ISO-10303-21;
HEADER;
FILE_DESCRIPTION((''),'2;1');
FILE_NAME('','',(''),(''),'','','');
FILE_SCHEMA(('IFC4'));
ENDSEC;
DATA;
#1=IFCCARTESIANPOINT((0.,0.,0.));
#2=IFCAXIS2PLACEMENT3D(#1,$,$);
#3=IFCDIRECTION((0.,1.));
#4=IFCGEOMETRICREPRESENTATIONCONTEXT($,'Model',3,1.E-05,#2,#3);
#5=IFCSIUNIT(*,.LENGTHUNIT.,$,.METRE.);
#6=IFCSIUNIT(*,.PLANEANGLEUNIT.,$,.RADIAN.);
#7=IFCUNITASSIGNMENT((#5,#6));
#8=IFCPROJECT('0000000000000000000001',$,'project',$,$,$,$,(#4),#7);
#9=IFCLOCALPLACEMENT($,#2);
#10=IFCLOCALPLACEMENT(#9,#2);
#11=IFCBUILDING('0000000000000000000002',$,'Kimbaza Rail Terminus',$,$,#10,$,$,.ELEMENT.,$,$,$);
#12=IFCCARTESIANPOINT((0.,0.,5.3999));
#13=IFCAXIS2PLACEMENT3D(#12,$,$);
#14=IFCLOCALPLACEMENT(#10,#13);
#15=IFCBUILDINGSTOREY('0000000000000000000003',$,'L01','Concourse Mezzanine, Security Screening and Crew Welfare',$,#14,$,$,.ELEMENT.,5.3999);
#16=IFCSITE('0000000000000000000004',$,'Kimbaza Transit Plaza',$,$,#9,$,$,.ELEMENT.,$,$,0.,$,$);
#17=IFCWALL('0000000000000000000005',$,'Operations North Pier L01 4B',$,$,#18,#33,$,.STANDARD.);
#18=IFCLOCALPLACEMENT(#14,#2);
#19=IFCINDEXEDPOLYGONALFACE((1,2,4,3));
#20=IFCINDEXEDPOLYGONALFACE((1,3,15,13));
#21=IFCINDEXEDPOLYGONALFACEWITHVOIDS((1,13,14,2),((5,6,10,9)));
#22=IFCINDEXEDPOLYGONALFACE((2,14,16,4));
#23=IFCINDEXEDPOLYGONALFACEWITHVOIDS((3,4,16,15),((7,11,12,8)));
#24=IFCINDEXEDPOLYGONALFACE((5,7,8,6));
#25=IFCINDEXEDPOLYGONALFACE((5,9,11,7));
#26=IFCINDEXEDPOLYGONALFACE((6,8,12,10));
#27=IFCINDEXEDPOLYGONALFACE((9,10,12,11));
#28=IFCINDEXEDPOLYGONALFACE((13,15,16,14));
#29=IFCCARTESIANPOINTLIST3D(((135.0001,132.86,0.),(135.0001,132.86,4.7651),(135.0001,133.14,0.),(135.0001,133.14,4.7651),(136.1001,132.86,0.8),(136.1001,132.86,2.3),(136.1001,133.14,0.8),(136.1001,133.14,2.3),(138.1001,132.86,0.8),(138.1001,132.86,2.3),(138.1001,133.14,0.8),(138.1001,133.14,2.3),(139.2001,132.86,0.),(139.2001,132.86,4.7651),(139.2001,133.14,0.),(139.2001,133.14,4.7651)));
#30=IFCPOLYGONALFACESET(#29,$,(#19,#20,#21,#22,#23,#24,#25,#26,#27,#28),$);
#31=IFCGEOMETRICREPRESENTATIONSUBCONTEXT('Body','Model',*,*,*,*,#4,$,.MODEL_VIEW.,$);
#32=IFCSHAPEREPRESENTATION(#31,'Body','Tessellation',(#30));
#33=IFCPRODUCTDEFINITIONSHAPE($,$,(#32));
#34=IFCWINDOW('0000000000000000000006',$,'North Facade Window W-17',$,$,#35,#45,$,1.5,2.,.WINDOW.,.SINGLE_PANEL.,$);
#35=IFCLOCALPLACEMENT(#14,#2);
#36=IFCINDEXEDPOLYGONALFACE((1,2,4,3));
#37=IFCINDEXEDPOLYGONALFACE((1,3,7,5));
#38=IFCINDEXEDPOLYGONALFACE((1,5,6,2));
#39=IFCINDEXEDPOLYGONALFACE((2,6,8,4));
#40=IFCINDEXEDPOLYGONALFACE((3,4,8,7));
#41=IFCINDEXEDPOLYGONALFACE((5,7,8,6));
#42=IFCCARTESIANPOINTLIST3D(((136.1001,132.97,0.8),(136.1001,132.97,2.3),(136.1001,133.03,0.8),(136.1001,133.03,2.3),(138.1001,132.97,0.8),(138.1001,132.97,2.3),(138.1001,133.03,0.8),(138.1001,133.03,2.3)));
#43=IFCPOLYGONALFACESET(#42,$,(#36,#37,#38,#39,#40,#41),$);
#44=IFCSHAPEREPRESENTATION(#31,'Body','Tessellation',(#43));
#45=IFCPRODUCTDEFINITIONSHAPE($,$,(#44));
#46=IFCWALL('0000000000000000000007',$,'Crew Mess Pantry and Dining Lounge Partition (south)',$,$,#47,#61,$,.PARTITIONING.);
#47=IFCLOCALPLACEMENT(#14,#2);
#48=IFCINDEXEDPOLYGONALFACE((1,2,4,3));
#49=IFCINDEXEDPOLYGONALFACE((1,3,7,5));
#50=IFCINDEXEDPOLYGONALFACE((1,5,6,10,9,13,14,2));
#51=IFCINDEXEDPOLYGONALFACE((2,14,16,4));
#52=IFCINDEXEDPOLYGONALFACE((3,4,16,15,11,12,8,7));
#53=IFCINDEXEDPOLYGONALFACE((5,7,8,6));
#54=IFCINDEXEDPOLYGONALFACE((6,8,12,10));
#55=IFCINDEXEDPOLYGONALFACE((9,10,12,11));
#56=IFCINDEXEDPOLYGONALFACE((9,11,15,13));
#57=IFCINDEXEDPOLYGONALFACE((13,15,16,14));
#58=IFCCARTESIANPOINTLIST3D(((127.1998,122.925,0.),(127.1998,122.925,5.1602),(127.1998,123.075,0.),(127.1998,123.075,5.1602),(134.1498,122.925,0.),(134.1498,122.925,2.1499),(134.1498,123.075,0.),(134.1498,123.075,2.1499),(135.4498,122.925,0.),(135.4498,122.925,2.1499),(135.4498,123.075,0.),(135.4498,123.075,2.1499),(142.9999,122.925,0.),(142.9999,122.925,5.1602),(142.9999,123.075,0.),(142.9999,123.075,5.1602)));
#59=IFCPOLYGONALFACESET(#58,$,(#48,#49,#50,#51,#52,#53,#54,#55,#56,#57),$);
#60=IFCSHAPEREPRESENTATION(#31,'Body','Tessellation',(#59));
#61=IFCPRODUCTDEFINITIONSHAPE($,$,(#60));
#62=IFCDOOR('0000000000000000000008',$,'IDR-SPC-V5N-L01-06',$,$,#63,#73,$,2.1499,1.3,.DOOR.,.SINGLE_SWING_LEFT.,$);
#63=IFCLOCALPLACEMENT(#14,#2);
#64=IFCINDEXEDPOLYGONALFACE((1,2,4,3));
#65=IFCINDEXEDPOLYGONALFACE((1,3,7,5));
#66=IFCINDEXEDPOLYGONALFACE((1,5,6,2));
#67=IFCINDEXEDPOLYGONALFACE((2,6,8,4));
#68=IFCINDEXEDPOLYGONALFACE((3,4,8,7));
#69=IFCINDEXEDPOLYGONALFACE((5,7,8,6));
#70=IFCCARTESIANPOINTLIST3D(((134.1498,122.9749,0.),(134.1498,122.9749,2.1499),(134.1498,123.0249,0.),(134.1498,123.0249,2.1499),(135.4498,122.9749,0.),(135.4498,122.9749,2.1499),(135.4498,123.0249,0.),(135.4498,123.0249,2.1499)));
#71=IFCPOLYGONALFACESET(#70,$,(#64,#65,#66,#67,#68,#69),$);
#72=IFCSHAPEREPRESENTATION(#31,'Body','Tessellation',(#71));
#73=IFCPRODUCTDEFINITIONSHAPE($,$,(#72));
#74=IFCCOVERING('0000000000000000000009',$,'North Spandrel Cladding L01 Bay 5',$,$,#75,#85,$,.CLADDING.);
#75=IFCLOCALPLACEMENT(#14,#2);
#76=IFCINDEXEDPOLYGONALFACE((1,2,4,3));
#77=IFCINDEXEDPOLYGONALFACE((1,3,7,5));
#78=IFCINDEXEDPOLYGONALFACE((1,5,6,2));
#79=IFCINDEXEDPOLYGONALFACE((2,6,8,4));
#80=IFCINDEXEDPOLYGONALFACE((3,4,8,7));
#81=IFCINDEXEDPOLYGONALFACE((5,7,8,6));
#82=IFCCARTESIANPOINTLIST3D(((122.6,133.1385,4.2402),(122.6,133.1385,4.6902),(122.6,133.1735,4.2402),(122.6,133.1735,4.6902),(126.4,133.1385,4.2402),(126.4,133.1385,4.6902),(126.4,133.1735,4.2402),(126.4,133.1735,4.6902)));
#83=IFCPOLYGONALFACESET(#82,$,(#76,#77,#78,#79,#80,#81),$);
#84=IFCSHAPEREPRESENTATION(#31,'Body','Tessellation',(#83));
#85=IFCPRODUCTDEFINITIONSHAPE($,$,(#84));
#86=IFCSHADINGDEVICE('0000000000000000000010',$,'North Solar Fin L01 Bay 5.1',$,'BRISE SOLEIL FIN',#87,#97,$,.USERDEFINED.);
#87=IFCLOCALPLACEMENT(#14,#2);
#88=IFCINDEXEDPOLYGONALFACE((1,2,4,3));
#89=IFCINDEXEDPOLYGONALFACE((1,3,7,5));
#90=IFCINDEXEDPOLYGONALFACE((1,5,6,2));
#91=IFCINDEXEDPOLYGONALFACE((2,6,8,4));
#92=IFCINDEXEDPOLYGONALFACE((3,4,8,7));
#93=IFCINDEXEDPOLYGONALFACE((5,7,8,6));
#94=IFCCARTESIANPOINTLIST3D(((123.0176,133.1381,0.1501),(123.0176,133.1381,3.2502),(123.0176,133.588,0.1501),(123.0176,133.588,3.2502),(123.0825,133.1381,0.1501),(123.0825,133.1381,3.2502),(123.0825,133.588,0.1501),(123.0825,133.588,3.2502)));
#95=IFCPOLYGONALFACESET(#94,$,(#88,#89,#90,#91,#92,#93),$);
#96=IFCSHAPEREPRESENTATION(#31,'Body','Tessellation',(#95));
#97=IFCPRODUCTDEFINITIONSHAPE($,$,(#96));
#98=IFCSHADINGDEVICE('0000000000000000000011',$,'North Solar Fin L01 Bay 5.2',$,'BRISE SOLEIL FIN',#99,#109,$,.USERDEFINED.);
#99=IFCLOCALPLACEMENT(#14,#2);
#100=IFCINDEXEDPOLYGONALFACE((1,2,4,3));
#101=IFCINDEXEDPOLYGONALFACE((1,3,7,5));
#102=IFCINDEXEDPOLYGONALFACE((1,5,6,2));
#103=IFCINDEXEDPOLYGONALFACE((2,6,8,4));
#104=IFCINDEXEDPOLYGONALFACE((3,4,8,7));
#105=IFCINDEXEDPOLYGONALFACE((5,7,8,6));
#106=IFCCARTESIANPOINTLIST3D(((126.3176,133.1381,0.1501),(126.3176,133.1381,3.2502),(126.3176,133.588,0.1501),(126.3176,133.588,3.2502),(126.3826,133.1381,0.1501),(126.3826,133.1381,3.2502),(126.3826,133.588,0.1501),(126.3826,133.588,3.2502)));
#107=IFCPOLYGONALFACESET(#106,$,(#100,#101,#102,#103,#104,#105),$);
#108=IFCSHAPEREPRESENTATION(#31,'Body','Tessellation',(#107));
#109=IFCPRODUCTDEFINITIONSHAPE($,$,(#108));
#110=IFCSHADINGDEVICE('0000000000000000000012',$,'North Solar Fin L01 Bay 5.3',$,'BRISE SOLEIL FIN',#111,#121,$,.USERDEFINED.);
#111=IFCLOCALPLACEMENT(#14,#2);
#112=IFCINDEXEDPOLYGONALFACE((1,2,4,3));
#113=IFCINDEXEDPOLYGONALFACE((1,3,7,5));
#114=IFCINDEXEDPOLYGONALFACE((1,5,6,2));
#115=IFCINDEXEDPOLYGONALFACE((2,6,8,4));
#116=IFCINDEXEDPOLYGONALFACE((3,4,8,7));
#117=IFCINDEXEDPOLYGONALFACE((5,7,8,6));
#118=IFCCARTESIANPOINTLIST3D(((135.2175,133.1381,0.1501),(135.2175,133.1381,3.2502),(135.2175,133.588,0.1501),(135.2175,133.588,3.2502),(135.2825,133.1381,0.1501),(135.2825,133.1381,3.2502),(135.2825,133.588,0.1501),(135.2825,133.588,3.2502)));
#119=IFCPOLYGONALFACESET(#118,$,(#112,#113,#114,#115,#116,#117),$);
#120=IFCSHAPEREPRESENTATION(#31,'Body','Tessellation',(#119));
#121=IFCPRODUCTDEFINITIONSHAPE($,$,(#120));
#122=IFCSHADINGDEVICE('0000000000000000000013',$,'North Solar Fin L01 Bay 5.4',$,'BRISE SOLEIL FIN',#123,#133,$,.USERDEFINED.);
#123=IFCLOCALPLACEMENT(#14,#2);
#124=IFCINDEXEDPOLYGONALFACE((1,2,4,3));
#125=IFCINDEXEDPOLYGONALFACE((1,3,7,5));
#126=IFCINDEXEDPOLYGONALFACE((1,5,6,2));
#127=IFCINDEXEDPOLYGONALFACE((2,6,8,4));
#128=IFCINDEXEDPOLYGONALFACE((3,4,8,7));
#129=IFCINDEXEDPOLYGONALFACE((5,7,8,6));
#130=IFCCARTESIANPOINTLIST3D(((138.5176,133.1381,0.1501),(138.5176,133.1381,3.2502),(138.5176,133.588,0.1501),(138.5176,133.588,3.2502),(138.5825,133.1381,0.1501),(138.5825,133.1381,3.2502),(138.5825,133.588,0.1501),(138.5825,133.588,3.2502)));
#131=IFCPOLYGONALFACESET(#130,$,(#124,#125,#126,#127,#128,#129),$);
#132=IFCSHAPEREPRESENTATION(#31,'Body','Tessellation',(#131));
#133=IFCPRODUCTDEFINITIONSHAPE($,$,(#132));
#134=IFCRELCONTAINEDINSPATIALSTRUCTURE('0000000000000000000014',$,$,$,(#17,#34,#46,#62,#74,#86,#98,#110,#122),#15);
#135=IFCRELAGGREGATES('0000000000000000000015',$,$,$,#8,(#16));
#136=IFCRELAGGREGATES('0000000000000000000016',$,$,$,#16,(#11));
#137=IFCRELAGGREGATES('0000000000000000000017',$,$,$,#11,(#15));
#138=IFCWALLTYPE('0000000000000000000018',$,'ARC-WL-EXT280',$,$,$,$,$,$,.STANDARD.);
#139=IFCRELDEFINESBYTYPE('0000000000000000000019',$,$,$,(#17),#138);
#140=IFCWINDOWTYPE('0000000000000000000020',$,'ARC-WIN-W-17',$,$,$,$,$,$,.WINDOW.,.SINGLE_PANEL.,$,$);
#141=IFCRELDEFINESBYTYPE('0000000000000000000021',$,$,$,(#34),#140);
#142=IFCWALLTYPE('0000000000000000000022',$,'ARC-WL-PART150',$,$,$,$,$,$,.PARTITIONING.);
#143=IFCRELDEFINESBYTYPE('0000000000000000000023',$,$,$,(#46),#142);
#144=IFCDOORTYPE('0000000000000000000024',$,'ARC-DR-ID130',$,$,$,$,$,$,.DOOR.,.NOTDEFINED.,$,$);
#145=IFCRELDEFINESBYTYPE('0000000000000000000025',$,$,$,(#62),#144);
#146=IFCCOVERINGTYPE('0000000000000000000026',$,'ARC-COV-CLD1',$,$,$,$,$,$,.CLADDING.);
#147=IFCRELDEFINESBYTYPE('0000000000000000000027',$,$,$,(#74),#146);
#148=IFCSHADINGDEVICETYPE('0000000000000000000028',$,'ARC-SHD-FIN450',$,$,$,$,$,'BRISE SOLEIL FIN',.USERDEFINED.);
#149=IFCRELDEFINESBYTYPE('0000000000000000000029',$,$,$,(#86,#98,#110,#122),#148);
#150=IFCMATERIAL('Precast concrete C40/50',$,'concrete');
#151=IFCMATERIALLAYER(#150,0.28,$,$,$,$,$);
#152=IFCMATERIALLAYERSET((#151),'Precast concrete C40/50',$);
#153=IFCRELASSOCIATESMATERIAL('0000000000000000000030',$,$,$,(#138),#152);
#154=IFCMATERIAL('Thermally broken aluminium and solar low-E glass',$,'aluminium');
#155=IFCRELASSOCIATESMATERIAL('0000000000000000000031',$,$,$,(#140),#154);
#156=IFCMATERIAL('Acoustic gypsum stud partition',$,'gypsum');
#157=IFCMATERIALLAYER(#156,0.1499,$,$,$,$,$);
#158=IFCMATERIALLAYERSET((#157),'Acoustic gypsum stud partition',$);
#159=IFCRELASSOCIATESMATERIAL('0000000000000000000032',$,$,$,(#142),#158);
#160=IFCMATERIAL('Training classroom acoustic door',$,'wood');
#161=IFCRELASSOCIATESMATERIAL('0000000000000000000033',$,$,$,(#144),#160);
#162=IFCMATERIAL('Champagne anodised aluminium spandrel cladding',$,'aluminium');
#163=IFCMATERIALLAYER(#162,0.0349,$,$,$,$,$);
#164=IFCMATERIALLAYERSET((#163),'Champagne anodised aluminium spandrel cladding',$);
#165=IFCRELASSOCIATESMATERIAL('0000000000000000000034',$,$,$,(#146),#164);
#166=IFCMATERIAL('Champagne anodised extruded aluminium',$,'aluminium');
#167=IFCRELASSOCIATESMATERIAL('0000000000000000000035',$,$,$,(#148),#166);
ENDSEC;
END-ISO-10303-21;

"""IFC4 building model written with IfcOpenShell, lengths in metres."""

from ifc_helpers import new_model, si_unit, direction, frame, frame_2d, origin, origin_2d, place, context, subcontext, project, spatial, rectangle, extrude, material, layer, layer_set, type_object, element, fill, save


model = new_model("IFC4")

# Units and contexts
model_context = context("Model", 3, precision=1e-05, world=origin(), true_north=direction((0.0, 1.0)))
body_context = subcontext(model_context, "Body", "Model", "MODEL_VIEW")
ifc_project = project(units=[si_unit("LENGTHUNIT", "METRE"), si_unit("PLANEANGLEUNIT", "RADIAN")], contexts=[model_context])

# Site, building, storey
site_placement = place(None, origin())
site = spatial("IfcSite", under=ifc_project, at=site_placement, Name="Kimbaza Transit Plaza", CompositionType="ELEMENT", RefElevation=0.0)
building_placement = place(site_placement, origin())
building = spatial("IfcBuilding", under=site, at=building_placement, Name="Kimbaza Rail Terminus", CompositionType="ELEMENT")
storey_placement = place(building_placement, frame((0.0, 0.0, 5.3999)))
storey = spatial("IfcBuildingStorey", under=building, at=storey_placement, Name="L01", Description="Concourse Mezzanine, Security Screening and Crew Welfare", CompositionType="ELEMENT", Elevation=5.3999)

# Wall, opening, window
ifc_material_1 = material(Name="Precast concrete C40/50", Category="concrete")
ifc_layer_1 = layer(ifc_material_1, 0.28)
ifc_layer_set_1 = layer_set([ifc_layer_1], Name="Precast concrete C40/50")
wall_type_1 = type_object("IfcWallType", Name="ARC-WL-EXT280", PredefinedType="STANDARD", material=ifc_layer_set_1)
wall_1_placement = place(storey_placement, frame((135.0, 133.0, 0.0), z_axis=(0.0, 0.0, 1.0), x_axis=(1.0, 0.0, 0.0)))
wall_1 = element("IfcWall", 1, at=wall_1_placement, inside=storey, type_object=wall_type_1, Name="Operations North Pier L01 4B", PredefinedType="STANDARD", context=body_context, shape_type="SweptSolid", body=[
    extrude(rectangle(XDim=4.2, YDim=0.28, at=frame_2d((2.1001, 0.0))), origin(), (0.0, 0.0, 1.0), 4.7651),
])
opening_1_placement = place(wall_1_placement, frame((1.1001, 0.0, 0.8)))
opening_1 = element("IfcOpeningElement", 2, at=opening_1_placement, cuts=wall_1, PredefinedType="OPENING", context=body_context, shape_type="SweptSolid", body=[
    extrude(rectangle(XDim=2.0, YDim=1.5, at=frame_2d((1.0, 0.75))), frame((0.0, 0.1499, 0.0), z_axis=(0.0, -1.0, 0.0), x_axis=(1.0, 0.0, 0.0)), (0.0, 0.0, 1.0), 0.3),
])
ifc_material_2 = material(Name="Thermally broken aluminium and solar low-E glass", Category="aluminium")
window_type_1 = type_object("IfcWindowType", Name="ARC-WIN-W-17", PartitioningType="SINGLE_PANEL", PredefinedType="WINDOW", material=ifc_material_2)
window_1_placement = place(opening_1_placement, origin())
window_1 = element("IfcWindow", 3, at=window_1_placement, inside=storey, type_object=window_type_1, Name="North Facade Window W-17", OverallHeight=1.5, OverallWidth=2.0, PartitioningType="SINGLE_PANEL", PredefinedType="WINDOW", context=body_context, shape_type="SweptSolid", body=[
    extrude(rectangle(XDim=2.0, YDim=1.5, at=frame_2d((1.0, 0.75))), frame((0.0, 0.03, 0.0), z_axis=(0.0, -1.0, 0.0), x_axis=(1.0, 0.0, 0.0)), (0.0, 0.0, 1.0), 0.0601),
])
fill(opening_1, window_1)

# Wall, opening, door
ifc_material_3 = material(Name="Acoustic gypsum stud partition", Category="gypsum")
ifc_layer_2 = layer(ifc_material_3, 0.1499)
ifc_layer_set_2 = layer_set([ifc_layer_2], Name="Acoustic gypsum stud partition")
wall_type_2 = type_object("IfcWallType", Name="ARC-WL-PART150", PredefinedType="PARTITIONING", material=ifc_layer_set_2)
wall_2_placement = place(storey_placement, frame((127.2, 123.0, 0.0), z_axis=(0.0, 0.0, 1.0), x_axis=(1.0, 0.0, 0.0)))
wall_2 = element("IfcWall", 4, at=wall_2_placement, inside=storey, type_object=wall_type_2, Name="Crew Mess Pantry and Dining Lounge Partition (south)", PredefinedType="PARTITIONING", context=body_context, shape_type="SweptSolid", body=[
    extrude(rectangle(XDim=15.8, YDim=0.1499, at=frame_2d((7.8999, 0.0))), origin(), (0.0, 0.0, 1.0), 5.1602),
])
opening_2_placement = place(wall_2_placement, frame((6.95, 0.0, 0.0)))
opening_2 = element("IfcOpeningElement", 5, at=opening_2_placement, cuts=wall_2, PredefinedType="OPENING", context=body_context, shape_type="SweptSolid", body=[
    extrude(rectangle(XDim=1.3, YDim=2.1499, at=frame_2d((0.6499, 1.075))), frame((0.0, 0.085, 0.0), z_axis=(0.0, -1.0, 0.0), x_axis=(1.0, 0.0, 0.0)), (0.0, 0.0, 1.0), 0.1699),
])
ifc_material_4 = material(Name="Training classroom acoustic door", Category="wood")
door_type = type_object("IfcDoorType", Name="ARC-DR-ID130", OperationType="NOTDEFINED", PredefinedType="DOOR", material=ifc_material_4)
door_placement = place(opening_2_placement, origin())
door = element("IfcDoor", 6, at=door_placement, inside=storey, type_object=door_type, Name="IDR-SPC-V5N-L01-06", OperationType="SINGLE_SWING_LEFT", OverallHeight=2.1499, OverallWidth=1.3, PredefinedType="DOOR", context=body_context, shape_type="SweptSolid", body=[
    extrude(rectangle(XDim=1.3, YDim=2.1499, at=frame_2d((0.6499, 1.075))), frame((0.0, 0.0249, 0.0), z_axis=(0.0, -1.0, 0.0), x_axis=(1.0, 0.0, 0.0)), (0.0, 0.0, 1.0), 0.05),
])
fill(opening_2, door)

# Covering
ifc_material_5 = material(Name="Champagne anodised aluminium spandrel cladding", Category="aluminium")
ifc_layer_3 = layer(ifc_material_5, 0.0349)
ifc_layer_set_3 = layer_set([ifc_layer_3], Name="Champagne anodised aluminium spandrel cladding")
covering_type = type_object("IfcCoveringType", Name="ARC-COV-CLD1", PredefinedType="CLADDING", material=ifc_layer_set_3)
covering_placement = place(storey_placement, frame((124.5, 133.156, 4.2402), z_axis=(0.0, 0.0, 1.0), x_axis=(1.0, 0.0, 0.0)))
element("IfcCovering", 7, at=covering_placement, inside=storey, type_object=covering_type, Name="North Spandrel Cladding L01 Bay 5", PredefinedType="CLADDING", context=body_context, shape_type="SweptSolid", body=[
    extrude(rectangle(XDim=3.8, YDim=0.0349, at=origin_2d()), origin(), (0.0, 0.0, 1.0), 0.45),
])

# Shading devices
ifc_material_6 = material(Name="Champagne anodised extruded aluminium", Category="aluminium")
shading_device_type = type_object("IfcShadingDeviceType", Name="ARC-SHD-FIN450", ElementType="BRISE SOLEIL FIN", PredefinedType="USERDEFINED", material=ifc_material_6)
for number, where, z_axis, x_axis, name in (
    (8, (123.05, 133.363, 0.1501), (0.0, 0.0, 1.0), (1.0, 0.0, 0.0), "North Solar Fin L01 Bay 5.1"),
    (9, (126.3501, 133.363, 0.1501), (0.0, 0.0, 1.0), (1.0, 0.0, 0.0), "North Solar Fin L01 Bay 5.2"),
    (10, (135.25, 133.363, 0.1501), (0.0, 0.0, 1.0), (1.0, 0.0, 0.0), "North Solar Fin L01 Bay 5.3"),
    (11, (138.55, 133.363, 0.1501), (0.0, 0.0, 1.0), (1.0, 0.0, 0.0), "North Solar Fin L01 Bay 5.4"),
):
    element("IfcShadingDevice", number, at=place(storey_placement, frame(where, z_axis=z_axis, x_axis=x_axis)), inside=storey, type_object=shading_device_type, Name=name, ObjectType="BRISE SOLEIL FIN", PredefinedType="USERDEFINED", context=body_context, shape_type="SweptSolid", body=[
        extrude(rectangle(XDim=0.0649, YDim=0.45, at=origin_2d()), origin(), (0.0, 0.0, 1.0), 3.1001),
    ])

save(model, "model.ifc")
